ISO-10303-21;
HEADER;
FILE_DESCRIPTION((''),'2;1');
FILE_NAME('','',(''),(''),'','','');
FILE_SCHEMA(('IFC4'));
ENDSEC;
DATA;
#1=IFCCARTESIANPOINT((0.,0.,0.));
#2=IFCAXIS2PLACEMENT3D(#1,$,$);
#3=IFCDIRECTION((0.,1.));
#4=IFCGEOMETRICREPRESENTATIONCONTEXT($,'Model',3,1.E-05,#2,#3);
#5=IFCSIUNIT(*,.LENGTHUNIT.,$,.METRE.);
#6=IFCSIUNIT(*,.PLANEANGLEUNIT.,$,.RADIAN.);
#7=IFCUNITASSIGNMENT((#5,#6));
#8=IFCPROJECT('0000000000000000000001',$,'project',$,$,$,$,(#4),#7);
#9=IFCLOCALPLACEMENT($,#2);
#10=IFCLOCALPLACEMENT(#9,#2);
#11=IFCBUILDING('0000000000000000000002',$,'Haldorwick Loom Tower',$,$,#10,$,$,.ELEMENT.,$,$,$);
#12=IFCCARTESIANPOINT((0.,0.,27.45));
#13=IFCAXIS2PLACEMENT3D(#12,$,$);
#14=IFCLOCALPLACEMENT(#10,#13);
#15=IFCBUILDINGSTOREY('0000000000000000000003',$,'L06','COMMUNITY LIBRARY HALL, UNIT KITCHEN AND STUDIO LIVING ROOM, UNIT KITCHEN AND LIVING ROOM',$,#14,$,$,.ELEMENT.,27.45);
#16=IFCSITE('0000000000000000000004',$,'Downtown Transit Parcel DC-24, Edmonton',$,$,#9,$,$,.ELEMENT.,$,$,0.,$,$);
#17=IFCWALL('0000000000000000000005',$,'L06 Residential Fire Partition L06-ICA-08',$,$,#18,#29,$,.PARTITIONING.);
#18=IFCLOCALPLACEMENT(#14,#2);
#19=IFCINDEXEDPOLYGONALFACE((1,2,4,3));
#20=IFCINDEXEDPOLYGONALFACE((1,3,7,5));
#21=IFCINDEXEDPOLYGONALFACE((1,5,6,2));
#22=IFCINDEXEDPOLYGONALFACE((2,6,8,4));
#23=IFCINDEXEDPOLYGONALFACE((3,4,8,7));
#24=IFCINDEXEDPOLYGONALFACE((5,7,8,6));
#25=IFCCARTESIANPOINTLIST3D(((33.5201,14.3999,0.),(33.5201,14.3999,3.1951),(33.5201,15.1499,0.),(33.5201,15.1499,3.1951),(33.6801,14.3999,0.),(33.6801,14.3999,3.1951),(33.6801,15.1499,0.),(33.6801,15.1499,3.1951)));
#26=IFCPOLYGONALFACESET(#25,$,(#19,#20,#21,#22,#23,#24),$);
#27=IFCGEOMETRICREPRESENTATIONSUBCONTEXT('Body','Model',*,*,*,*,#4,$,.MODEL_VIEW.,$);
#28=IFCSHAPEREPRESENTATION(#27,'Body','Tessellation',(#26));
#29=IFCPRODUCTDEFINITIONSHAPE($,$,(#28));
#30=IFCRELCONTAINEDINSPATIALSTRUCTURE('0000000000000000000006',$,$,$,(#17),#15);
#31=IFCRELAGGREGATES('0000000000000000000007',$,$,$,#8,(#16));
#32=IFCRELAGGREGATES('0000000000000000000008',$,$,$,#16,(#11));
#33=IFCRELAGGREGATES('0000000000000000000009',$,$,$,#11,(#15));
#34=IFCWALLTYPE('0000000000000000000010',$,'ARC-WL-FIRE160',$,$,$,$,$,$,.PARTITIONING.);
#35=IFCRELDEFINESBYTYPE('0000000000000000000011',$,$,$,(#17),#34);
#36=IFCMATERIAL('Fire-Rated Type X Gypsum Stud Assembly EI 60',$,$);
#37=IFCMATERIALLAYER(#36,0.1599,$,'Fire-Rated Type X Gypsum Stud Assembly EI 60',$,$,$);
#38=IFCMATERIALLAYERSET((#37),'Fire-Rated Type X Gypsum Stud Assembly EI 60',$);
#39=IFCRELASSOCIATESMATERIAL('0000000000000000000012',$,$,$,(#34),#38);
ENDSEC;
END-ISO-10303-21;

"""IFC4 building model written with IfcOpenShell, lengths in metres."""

from ifc_helpers import new_model, si_unit, direction, frame, frame_2d, origin, place, context, subcontext, project, spatial, rectangle, extrude, material, layer, layer_set, type_object, element, save


model = new_model("IFC4")

# Units and contexts
model_context = context("Model", 3, precision=1e-05, world=origin(), true_north=direction((0.0, 1.0)))
body_context = subcontext(model_context, "Body", "Model", "MODEL_VIEW")
ifc_project = project(units=[si_unit("LENGTHUNIT", "METRE"), si_unit("PLANEANGLEUNIT", "RADIAN")], contexts=[model_context])

# Site, building, storey
site_placement = place(None, origin())
site = spatial("IfcSite", under=ifc_project, at=site_placement, Name="Downtown Transit Parcel DC-24, Edmonton", CompositionType="ELEMENT", RefElevation=0.0)
building_placement = place(site_placement, origin())
building = spatial("IfcBuilding", under=site, at=building_placement, Name="Haldorwick Loom Tower", CompositionType="ELEMENT")
storey_placement = place(building_placement, frame((0.0, 0.0, 27.45)))
storey = spatial("IfcBuildingStorey", under=building, at=storey_placement, Name="L06", Description="COMMUNITY LIBRARY HALL, UNIT KITCHEN AND STUDIO LIVING ROOM, UNIT KITCHEN AND LIVING ROOM", CompositionType="ELEMENT", Elevation=27.45)

# Wall
ifc_material_1 = material(Name="Fire-Rated Type X Gypsum Stud Assembly EI 60")
ifc_layer_1 = layer(ifc_material_1, 0.1599, Name="Fire-Rated Type X Gypsum Stud Assembly EI 60")
ifc_layer_set_1 = layer_set([ifc_layer_1], Name="Fire-Rated Type X Gypsum Stud Assembly EI 60")
wall_type = type_object("IfcWallType", Name="ARC-WL-FIRE160", PredefinedType="PARTITIONING", material=ifc_layer_set_1)
wall_1_placement = place(storey_placement, frame((33.6001, 15.1499, 0.0), z_axis=(0.0, 0.0, 1.0), x_axis=(0.0, -1.0, 0.0)))
element("IfcWall", 1, at=wall_1_placement, inside=storey, type_object=wall_type, Name="L06 Residential Fire Partition L06-ICA-08", PredefinedType="PARTITIONING", context=body_context, shape_type="SweptSolid", body=[
    extrude(rectangle(XDim=0.75, YDim=0.1599, at=frame_2d((0.375, 0.0))), origin(), (0.0, 0.0, 1.0), 3.1951),
])

save(model, "model.ifc")
